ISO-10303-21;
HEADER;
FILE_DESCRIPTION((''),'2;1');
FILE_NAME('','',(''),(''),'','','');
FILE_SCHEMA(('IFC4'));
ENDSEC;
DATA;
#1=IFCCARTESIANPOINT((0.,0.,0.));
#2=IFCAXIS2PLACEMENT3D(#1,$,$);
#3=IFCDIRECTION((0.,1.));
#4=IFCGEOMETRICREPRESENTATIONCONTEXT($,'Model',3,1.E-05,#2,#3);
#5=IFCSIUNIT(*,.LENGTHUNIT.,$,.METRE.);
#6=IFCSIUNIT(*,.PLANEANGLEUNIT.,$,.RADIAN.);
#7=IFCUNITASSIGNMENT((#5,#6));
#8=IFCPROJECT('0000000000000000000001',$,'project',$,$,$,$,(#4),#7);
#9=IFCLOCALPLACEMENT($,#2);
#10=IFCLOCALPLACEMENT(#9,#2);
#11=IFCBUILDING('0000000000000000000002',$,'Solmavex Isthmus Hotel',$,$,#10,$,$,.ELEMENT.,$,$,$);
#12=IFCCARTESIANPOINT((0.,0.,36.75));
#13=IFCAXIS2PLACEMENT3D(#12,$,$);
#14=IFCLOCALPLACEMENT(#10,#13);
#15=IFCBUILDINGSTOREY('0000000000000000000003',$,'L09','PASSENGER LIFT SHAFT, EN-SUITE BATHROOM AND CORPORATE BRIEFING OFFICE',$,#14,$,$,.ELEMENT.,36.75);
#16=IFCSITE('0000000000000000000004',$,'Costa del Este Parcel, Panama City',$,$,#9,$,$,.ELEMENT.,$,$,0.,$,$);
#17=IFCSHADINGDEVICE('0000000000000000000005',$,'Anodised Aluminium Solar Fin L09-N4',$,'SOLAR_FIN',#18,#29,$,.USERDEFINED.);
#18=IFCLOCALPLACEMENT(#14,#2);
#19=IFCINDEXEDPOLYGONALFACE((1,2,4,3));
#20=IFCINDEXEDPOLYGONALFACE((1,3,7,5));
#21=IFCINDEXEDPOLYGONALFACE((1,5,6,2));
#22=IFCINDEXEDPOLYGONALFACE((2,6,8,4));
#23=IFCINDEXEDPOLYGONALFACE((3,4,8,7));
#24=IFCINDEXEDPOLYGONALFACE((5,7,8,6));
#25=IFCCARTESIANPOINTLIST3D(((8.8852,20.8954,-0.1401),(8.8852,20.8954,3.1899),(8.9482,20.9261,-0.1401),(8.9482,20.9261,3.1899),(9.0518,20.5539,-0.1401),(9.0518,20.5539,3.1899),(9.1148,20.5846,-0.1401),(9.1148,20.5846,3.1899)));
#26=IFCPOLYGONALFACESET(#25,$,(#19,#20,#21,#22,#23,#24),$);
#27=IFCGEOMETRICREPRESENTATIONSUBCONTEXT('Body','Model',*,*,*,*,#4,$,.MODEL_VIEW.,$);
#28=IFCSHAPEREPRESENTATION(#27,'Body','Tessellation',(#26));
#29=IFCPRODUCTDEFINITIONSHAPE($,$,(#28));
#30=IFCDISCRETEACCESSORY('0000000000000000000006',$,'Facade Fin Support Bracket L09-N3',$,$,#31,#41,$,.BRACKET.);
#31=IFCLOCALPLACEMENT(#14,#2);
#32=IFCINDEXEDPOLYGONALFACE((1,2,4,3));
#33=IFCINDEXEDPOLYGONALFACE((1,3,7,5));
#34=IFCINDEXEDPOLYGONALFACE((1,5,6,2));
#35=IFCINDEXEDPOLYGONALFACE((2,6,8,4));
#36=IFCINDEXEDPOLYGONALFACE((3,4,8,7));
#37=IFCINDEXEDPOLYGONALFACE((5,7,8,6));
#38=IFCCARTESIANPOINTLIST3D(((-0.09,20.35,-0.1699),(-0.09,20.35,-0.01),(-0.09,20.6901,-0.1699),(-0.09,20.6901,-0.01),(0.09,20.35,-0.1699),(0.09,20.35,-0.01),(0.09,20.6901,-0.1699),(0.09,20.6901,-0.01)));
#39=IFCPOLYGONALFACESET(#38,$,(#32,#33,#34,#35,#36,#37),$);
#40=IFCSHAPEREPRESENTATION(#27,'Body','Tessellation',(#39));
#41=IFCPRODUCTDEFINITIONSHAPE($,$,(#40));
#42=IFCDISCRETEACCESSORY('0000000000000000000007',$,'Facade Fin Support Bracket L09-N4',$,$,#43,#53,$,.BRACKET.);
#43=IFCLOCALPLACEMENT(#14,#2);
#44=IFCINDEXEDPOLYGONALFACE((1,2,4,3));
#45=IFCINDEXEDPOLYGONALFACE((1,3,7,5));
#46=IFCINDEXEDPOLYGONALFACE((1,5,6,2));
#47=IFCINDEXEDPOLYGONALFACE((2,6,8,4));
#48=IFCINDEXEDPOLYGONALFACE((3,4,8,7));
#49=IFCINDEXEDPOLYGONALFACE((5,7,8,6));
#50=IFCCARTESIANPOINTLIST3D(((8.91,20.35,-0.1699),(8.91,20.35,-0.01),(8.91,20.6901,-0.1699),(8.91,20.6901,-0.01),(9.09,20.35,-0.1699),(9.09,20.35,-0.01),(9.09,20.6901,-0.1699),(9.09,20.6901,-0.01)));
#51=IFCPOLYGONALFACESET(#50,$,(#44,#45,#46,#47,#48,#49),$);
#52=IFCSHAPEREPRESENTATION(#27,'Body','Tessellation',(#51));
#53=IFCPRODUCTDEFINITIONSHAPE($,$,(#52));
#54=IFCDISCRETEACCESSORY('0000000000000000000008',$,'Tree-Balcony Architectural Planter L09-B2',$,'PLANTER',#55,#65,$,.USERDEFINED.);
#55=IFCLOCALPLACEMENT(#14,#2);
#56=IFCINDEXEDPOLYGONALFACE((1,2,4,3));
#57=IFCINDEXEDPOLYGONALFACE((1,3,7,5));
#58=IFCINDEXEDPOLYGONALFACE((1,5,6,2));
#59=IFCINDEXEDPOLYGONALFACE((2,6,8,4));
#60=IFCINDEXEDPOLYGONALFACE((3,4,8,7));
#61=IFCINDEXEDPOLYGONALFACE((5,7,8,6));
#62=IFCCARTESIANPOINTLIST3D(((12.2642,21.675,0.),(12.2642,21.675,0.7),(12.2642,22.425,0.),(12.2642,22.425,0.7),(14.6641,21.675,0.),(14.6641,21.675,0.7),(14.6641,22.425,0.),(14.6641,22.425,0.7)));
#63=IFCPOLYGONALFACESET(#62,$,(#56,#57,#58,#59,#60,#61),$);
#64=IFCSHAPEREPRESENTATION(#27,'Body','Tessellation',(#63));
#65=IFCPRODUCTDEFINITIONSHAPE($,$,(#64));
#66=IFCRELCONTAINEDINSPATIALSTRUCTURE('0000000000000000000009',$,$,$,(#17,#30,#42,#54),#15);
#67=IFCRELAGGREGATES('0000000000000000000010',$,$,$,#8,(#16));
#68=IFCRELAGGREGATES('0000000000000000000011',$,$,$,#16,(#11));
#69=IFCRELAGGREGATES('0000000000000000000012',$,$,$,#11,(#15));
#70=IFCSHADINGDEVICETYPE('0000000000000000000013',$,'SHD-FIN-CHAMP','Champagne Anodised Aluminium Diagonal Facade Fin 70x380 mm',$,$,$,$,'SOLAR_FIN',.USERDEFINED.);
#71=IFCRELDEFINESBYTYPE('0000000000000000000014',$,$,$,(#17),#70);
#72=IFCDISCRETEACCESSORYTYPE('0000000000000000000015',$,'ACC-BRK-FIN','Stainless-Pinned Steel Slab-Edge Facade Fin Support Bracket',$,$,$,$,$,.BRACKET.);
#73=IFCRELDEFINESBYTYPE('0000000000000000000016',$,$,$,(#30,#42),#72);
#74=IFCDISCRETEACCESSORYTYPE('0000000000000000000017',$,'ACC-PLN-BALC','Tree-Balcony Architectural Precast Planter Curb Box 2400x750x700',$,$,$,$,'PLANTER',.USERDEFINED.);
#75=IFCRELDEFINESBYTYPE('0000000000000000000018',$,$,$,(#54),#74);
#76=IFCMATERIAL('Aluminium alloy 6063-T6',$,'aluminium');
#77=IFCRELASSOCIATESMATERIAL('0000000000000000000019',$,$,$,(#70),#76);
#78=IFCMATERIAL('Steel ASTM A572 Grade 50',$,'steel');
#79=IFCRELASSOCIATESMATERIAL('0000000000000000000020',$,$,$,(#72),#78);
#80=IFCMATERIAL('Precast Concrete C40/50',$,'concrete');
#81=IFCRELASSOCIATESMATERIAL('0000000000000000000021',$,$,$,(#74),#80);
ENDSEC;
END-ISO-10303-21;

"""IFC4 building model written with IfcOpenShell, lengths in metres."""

from ifc_helpers import new_model, si_unit, direction, frame, origin, origin_2d, place, context, subcontext, project, spatial, rectangle, extrude, material, type_object, element, save


model = new_model("IFC4")

# Units and contexts
model_context = context("Model", 3, precision=1e-05, world=origin(), true_north=direction((0.0, 1.0)))
body_context = subcontext(model_context, "Body", "Model", "MODEL_VIEW")
ifc_project = project(units=[si_unit("LENGTHUNIT", "METRE"), si_unit("PLANEANGLEUNIT", "RADIAN")], contexts=[model_context])

# Site, building, storey
site_placement = place(None, origin())
site = spatial("IfcSite", under=ifc_project, at=site_placement, Name="Costa del Este Parcel, Panama City", CompositionType="ELEMENT", RefElevation=0.0)
building_placement = place(site_placement, origin())
building = spatial("IfcBuilding", under=site, at=building_placement, Name="Solmavex Isthmus Hotel", CompositionType="ELEMENT")
storey_placement = place(building_placement, frame((0.0, 0.0, 36.75)))
storey = spatial("IfcBuildingStorey", under=building, at=storey_placement, Name="L09", Description="PASSENGER LIFT SHAFT, EN-SUITE BATHROOM AND CORPORATE BRIEFING OFFICE", CompositionType="ELEMENT", Elevation=36.75)

# Shared definitions
ifc_material_1 = material(Name="Aluminium alloy 6063-T6", Category="aluminium")

# Shared definitions
ifc_material_2 = material(Name="Precast Concrete C40/50", Category="concrete")

# Shading device
shading_device_type = type_object("IfcShadingDeviceType", Name="SHD-FIN-CHAMP", Description="Champagne Anodised Aluminium Diagonal Facade Fin 70x380 mm", ElementType="SOLAR_FIN", PredefinedType="USERDEFINED", material=ifc_material_1)
for number, where, z_axis, x_axis, name in (
    (1, (9.0, 20.74, -0.1401), (0.0, 0.0, 1.0), (-0.438371, 0.898794, 0.0), "Anodised Aluminium Solar Fin L09-N4"),
):
    element("IfcShadingDevice", number, at=place(storey_placement, frame(where, z_axis=z_axis, x_axis=x_axis)), inside=storey, type_object=shading_device_type, Name=name, ObjectType="SOLAR_FIN", PredefinedType="USERDEFINED", context=body_context, shape_type="SweptSolid", body=[
        extrude(rectangle(XDim=0.3799, YDim=0.0701, at=origin_2d()), origin(), (0.0, 0.0, 1.0), 3.3301),
    ])

# Discrete accessories
ifc_material_3 = material(Name="Steel ASTM A572 Grade 50", Category="steel")
discrete_accessory_type_1 = type_object("IfcDiscreteAccessoryType", Name="ACC-BRK-FIN", Description="Stainless-Pinned Steel Slab-Edge Facade Fin Support Bracket", PredefinedType="BRACKET", material=ifc_material_3)
for number, where, z_axis, x_axis, name in (
    (2, (0.0, 20.52, -0.1699), (0.0, 0.0, 1.0), (0.0, 1.0, 0.0), "Facade Fin Support Bracket L09-N3"),
    (3, (9.0, 20.52, -0.1699), (0.0, 0.0, 1.0), (0.0, 1.0, 0.0), "Facade Fin Support Bracket L09-N4"),
):
    element("IfcDiscreteAccessory", number, at=place(storey_placement, frame(where, z_axis=z_axis, x_axis=x_axis)), inside=storey, type_object=discrete_accessory_type_1, Name=name, PredefinedType="BRACKET", context=body_context, shape_type="SweptSolid", body=[
        extrude(rectangle(XDim=0.3401, YDim=0.1799, at=origin_2d()), origin(), (0.0, 0.0, 1.0), 0.1599),
    ])
discrete_accessory_type_2 = type_object("IfcDiscreteAccessoryType", Name="ACC-PLN-BALC", Description="Tree-Balcony Architectural Precast Planter Curb Box 2400x750x700", ElementType="PLANTER", PredefinedType="USERDEFINED", material=ifc_material_2)
discrete_accessory_placement = place(storey_placement, frame((13.4641, 22.05, 0.0), z_axis=(0.0, 0.0, 1.0), x_axis=(1.0, 0.0, 0.0)))
element("IfcDiscreteAccessory", 4, at=discrete_accessory_placement, inside=storey, type_object=discrete_accessory_type_2, Name="Tree-Balcony Architectural Planter L09-B2", ObjectType="PLANTER", PredefinedType="USERDEFINED", context=body_context, shape_type="SweptSolid", body=[
    extrude(rectangle(XDim=2.3999, YDim=0.75, at=origin_2d()), origin(), (0.0, 0.0, 1.0), 0.7),
])

save(model, "model.ifc")
